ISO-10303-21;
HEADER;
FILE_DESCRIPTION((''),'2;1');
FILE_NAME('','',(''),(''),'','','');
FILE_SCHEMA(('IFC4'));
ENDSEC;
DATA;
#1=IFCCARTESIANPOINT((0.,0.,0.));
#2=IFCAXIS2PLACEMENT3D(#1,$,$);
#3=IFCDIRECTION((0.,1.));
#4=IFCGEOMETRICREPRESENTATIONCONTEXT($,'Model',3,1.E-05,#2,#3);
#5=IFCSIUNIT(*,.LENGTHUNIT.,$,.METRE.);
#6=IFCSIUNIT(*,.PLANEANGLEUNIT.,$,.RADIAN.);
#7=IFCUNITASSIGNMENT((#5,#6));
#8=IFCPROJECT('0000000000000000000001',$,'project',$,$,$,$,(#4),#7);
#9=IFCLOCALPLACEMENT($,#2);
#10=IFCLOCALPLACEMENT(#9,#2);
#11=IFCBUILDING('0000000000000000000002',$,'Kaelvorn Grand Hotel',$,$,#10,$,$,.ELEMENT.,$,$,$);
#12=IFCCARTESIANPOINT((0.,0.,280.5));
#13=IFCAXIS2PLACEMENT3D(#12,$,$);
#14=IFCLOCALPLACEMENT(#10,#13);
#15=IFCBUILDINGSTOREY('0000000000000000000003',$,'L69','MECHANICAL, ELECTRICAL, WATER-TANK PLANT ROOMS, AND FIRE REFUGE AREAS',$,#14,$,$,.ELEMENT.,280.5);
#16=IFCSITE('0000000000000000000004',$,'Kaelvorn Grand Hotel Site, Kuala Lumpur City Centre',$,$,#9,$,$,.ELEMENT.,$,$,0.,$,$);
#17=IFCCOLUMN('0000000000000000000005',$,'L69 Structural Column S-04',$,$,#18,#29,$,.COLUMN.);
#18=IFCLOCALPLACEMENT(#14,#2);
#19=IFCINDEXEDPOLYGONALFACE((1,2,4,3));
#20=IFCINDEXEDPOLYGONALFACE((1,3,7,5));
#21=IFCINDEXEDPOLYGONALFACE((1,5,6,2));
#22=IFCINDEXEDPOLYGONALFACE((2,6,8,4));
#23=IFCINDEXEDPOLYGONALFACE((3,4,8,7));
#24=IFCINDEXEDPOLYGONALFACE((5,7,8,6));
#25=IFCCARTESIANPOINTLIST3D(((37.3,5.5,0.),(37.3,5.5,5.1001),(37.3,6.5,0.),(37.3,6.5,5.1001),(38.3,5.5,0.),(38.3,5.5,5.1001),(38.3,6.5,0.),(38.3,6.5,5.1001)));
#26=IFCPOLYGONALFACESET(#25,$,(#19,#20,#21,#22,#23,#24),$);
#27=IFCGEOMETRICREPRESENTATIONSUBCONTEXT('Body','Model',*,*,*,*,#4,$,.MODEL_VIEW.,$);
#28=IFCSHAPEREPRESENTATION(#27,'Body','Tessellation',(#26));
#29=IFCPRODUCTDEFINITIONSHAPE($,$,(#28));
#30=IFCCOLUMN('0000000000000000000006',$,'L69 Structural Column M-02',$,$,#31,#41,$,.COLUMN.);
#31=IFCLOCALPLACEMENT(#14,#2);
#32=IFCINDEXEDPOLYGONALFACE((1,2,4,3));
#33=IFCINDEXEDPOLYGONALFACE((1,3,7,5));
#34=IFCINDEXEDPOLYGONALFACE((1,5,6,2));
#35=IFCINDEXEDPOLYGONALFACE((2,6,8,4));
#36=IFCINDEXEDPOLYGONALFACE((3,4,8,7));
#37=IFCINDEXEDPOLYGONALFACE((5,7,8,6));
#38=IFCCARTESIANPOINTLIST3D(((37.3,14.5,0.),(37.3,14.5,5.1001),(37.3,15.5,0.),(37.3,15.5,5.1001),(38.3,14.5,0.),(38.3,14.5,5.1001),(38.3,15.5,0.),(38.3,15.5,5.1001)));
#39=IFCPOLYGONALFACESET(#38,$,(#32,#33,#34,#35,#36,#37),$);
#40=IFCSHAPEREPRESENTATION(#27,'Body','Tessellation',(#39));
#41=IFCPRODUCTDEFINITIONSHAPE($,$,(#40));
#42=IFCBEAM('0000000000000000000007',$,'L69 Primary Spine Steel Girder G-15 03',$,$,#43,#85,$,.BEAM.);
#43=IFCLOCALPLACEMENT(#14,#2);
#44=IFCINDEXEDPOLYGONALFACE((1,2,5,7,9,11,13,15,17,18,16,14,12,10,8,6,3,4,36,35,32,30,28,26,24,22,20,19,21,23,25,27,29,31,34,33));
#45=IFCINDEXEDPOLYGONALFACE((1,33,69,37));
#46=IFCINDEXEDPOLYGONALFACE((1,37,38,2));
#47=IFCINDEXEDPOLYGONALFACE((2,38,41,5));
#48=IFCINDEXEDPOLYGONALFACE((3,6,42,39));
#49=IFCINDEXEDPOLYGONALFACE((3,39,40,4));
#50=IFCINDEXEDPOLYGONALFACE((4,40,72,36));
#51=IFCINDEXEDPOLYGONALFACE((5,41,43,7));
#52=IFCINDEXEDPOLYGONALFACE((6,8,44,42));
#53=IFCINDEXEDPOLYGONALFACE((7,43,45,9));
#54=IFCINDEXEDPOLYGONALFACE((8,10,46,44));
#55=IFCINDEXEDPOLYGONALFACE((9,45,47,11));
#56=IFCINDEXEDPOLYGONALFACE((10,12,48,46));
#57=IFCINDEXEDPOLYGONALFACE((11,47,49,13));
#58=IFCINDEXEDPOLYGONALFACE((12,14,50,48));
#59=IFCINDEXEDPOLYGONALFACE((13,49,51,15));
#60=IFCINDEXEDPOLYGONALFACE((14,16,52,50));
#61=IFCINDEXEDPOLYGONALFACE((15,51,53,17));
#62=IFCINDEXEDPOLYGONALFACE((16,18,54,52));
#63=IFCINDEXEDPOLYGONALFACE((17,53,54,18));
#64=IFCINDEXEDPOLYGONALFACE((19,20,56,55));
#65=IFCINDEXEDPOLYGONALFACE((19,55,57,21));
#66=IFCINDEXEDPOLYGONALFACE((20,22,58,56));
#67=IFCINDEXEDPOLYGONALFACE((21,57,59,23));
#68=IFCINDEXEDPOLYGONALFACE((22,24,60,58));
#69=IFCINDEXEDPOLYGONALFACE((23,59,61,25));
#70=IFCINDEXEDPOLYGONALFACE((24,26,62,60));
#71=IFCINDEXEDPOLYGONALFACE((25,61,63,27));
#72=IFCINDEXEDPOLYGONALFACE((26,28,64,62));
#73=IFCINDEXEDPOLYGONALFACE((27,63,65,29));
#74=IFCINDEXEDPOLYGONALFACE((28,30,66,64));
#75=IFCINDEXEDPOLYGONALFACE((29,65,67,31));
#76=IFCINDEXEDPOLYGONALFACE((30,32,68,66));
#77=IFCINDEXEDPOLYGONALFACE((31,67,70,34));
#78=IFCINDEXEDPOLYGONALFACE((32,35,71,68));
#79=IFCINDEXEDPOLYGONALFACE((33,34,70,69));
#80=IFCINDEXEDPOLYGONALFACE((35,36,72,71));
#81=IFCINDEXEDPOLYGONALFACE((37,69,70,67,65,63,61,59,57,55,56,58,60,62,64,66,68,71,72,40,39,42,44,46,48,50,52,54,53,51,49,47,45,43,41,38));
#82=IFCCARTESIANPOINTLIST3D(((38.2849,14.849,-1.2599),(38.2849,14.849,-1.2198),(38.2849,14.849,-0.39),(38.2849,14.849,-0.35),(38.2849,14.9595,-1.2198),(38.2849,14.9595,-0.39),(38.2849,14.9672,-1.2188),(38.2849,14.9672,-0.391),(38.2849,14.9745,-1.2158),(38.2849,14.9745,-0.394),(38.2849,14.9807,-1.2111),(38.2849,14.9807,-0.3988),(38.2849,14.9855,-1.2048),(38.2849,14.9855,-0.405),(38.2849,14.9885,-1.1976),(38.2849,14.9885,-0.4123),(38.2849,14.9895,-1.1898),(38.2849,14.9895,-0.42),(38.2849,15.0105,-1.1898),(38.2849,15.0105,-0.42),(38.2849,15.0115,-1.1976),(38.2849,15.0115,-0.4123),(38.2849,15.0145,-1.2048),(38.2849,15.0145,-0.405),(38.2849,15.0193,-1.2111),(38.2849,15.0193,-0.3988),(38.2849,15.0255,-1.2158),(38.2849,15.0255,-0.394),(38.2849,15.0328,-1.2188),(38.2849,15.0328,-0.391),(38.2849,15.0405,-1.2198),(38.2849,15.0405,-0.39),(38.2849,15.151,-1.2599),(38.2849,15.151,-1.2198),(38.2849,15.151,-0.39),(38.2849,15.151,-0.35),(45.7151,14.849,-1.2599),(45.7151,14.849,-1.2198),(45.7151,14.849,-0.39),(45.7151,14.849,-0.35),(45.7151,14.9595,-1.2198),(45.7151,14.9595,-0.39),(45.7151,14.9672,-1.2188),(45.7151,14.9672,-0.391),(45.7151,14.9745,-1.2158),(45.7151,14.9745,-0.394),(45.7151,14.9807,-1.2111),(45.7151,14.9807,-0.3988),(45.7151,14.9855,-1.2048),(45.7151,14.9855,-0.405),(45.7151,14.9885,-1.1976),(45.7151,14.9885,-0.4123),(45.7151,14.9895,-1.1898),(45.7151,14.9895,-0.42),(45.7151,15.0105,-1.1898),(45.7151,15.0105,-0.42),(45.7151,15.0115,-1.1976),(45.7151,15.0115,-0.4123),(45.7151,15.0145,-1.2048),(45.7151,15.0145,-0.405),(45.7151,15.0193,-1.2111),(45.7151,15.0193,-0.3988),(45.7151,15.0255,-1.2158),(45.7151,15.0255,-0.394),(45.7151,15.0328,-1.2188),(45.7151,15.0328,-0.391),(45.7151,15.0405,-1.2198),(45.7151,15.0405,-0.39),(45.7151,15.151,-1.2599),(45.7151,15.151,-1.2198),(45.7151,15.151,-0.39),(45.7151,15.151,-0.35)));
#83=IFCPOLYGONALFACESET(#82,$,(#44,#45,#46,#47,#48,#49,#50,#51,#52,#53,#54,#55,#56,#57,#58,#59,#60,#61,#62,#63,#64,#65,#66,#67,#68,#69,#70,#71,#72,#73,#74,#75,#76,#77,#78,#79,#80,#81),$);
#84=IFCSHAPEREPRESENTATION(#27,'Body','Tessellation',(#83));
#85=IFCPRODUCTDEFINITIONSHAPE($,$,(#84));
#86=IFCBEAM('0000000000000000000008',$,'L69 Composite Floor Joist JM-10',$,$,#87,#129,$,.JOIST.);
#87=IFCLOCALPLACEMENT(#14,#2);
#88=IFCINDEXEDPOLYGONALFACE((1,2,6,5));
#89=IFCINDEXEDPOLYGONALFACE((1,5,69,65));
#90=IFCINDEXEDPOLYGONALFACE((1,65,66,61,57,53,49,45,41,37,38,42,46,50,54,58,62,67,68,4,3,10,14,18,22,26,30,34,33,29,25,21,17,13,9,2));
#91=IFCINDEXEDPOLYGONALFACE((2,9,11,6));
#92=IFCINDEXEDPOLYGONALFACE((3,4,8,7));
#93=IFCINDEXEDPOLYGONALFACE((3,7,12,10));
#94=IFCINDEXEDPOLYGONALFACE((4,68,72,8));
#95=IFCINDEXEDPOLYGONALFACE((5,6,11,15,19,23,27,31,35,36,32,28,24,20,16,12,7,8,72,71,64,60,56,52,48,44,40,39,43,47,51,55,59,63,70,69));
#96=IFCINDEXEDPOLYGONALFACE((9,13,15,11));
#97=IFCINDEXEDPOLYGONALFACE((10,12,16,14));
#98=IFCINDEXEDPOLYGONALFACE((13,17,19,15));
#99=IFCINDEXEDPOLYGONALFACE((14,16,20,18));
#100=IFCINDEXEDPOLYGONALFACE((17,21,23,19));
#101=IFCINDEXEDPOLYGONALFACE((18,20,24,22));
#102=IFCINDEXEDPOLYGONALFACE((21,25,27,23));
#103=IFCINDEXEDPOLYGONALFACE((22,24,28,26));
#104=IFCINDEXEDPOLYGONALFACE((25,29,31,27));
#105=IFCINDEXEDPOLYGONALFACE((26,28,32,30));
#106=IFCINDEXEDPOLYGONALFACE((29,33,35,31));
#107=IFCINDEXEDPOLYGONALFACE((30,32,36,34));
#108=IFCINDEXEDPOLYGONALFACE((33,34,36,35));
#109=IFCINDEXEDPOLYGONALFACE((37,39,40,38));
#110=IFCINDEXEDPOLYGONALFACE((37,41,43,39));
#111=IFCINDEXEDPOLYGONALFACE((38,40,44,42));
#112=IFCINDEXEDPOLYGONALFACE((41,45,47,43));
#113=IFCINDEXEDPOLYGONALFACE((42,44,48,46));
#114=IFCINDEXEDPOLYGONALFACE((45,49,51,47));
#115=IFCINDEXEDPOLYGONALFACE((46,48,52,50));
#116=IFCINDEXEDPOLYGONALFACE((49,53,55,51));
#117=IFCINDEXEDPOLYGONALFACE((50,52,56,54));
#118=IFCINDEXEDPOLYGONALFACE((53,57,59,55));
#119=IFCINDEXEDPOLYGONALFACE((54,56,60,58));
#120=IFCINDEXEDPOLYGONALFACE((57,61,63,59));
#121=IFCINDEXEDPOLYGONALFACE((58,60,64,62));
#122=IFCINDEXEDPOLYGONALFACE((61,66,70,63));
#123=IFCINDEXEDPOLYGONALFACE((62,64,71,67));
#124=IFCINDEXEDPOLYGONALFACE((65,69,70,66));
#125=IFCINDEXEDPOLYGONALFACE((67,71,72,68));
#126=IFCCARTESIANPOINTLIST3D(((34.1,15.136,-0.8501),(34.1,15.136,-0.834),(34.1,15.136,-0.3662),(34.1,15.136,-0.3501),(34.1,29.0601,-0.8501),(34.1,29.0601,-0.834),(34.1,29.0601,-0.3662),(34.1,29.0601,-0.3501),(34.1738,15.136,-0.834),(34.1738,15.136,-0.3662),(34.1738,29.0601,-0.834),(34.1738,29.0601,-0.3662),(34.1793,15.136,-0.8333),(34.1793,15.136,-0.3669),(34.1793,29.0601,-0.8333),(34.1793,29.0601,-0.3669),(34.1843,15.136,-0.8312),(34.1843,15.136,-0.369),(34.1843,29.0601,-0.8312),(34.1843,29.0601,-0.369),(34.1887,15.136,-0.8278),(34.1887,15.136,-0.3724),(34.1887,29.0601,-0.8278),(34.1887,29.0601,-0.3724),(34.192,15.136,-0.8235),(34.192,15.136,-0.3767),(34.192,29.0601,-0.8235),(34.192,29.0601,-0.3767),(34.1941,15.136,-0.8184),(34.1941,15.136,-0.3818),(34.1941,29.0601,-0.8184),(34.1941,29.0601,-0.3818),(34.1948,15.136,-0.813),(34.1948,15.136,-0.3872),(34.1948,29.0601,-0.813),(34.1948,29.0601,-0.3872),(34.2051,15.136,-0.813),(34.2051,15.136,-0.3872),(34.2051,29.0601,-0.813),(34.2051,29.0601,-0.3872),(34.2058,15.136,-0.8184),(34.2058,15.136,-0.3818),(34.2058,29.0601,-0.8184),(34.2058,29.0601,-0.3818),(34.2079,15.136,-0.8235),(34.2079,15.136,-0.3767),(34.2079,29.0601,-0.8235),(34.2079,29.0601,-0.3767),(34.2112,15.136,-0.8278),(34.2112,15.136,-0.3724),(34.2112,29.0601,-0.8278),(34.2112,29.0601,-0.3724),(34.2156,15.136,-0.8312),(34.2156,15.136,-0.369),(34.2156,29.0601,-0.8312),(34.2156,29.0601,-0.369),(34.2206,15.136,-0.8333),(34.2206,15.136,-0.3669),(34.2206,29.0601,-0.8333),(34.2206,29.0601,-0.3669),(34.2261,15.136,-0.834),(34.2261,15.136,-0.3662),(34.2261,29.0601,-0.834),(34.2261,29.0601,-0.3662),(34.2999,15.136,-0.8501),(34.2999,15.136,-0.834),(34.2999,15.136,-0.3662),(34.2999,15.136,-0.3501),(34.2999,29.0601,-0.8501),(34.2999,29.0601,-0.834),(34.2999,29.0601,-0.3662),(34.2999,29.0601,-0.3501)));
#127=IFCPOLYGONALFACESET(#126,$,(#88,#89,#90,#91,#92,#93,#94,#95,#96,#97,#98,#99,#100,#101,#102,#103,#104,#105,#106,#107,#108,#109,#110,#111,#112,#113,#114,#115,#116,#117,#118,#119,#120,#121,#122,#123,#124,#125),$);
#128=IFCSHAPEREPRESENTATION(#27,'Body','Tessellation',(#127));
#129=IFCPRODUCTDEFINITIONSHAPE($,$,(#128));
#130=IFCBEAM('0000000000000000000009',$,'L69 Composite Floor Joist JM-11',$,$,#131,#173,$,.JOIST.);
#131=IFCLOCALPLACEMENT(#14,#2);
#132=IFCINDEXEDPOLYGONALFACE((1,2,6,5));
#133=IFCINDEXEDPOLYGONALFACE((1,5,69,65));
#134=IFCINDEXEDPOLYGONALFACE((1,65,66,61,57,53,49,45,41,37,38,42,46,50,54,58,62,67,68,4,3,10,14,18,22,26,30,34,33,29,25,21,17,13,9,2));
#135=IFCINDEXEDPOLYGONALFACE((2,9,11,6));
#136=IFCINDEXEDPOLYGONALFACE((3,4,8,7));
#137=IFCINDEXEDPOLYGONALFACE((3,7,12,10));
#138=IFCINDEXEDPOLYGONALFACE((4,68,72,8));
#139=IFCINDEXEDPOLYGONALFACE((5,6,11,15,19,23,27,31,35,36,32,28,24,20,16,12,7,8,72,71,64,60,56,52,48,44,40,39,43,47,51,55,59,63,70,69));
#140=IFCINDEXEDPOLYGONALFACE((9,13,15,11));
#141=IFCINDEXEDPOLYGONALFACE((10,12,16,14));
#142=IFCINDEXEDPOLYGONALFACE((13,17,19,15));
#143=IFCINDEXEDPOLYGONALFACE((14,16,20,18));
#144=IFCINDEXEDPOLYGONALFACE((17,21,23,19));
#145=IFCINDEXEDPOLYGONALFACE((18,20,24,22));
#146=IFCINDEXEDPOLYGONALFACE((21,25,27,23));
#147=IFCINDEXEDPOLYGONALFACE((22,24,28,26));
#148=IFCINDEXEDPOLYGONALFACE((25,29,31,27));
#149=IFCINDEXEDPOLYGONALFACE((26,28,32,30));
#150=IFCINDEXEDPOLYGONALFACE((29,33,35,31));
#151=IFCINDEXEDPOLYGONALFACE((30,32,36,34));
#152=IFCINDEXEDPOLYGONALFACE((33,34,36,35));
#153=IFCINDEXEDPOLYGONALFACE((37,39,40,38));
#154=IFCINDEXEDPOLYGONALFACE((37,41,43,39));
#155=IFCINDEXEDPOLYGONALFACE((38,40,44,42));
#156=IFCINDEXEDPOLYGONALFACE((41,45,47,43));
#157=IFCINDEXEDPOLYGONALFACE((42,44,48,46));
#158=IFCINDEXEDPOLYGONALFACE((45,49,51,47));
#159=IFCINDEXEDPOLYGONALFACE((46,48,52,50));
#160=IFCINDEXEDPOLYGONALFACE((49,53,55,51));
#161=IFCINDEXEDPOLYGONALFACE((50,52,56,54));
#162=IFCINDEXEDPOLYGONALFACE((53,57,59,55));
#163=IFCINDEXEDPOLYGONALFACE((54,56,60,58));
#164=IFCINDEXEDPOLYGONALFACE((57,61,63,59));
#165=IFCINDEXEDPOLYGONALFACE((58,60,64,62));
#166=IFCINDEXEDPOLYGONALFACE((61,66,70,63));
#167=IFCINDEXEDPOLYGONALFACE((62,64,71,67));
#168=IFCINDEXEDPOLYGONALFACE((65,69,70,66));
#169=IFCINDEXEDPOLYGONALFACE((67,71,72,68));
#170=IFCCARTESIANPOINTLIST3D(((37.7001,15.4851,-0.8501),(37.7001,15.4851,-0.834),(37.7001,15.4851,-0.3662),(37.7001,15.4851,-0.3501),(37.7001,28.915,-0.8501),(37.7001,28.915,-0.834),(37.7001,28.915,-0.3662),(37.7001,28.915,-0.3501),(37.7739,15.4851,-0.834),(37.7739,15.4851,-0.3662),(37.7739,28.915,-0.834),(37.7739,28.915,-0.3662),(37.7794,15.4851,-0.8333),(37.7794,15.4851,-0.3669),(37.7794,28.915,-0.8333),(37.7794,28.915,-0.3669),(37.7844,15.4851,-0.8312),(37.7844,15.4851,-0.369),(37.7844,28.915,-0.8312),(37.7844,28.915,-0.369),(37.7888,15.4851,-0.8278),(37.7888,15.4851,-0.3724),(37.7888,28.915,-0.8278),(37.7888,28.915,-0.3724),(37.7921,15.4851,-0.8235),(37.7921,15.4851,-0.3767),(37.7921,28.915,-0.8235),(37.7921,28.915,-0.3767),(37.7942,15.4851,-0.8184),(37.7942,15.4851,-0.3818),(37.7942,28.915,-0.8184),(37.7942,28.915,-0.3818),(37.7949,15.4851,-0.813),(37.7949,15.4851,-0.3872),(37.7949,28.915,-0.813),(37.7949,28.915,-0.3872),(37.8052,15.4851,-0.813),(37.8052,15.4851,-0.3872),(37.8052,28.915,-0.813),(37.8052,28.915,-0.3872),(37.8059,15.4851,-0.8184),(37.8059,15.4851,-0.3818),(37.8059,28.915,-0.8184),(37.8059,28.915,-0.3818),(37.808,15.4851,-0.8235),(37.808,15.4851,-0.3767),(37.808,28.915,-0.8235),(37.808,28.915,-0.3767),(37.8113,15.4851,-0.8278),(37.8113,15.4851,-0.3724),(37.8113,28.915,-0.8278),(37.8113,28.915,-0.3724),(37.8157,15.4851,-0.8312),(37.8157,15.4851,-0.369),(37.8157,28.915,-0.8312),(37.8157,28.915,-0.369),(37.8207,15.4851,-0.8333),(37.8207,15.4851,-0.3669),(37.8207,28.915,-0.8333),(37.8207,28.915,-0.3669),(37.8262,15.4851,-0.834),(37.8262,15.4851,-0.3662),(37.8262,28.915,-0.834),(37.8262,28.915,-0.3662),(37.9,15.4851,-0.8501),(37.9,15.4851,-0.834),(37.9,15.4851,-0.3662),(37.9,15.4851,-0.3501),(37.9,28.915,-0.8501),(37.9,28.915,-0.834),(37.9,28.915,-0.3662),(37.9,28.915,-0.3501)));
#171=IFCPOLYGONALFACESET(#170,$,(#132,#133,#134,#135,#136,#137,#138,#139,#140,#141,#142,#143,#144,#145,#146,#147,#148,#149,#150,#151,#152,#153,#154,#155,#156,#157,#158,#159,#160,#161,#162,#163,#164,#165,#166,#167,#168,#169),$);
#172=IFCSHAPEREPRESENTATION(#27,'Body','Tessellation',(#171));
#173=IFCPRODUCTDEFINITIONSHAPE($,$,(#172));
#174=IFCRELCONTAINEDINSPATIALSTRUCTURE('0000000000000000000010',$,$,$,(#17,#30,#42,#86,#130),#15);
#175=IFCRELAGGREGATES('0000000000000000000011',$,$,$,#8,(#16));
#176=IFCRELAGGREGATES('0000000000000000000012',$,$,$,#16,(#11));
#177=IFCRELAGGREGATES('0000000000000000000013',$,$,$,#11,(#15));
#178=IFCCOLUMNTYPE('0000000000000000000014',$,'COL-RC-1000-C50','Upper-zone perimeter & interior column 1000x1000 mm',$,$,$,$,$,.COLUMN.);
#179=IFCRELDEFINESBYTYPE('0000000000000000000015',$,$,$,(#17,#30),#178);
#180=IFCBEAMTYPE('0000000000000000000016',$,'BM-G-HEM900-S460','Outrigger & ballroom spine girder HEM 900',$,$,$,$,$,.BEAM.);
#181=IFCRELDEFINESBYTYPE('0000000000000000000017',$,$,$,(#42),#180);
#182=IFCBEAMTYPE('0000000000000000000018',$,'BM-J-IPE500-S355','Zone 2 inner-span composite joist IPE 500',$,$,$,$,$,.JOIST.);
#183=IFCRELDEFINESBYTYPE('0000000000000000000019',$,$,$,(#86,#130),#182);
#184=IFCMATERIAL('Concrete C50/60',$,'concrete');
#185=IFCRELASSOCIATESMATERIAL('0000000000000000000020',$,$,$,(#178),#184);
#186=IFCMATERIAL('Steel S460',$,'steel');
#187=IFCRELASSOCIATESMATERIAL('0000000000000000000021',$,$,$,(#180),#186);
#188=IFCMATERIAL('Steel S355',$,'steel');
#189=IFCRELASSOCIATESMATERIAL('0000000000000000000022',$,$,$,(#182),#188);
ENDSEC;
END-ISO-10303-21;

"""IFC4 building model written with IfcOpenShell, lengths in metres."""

from ifc_helpers import new_model, si_unit, direction, frame, origin, origin_2d, place, context, subcontext, project, spatial, rectangle, i_section, extrude, material, material_profile, profile_set, type_object, element, save


model = new_model("IFC4")

# Units and contexts
model_context = context("Model", 3, precision=1e-05, world=origin(), true_north=direction((0.0, 1.0)))
body_context = subcontext(model_context, "Body", "Model", "MODEL_VIEW")
ifc_project = project(units=[si_unit("LENGTHUNIT", "METRE"), si_unit("PLANEANGLEUNIT", "RADIAN")], contexts=[model_context])

# Site, building, storey
site_placement = place(None, origin())
site = spatial("IfcSite", under=ifc_project, at=site_placement, Name="Kaelvorn Grand Hotel Site, Kuala Lumpur City Centre", CompositionType="ELEMENT", RefElevation=0.0)
building_placement = place(site_placement, origin())
building = spatial("IfcBuilding", under=site, at=building_placement, Name="Kaelvorn Grand Hotel", CompositionType="ELEMENT")
storey_placement = place(building_placement, frame((0.0, 0.0, 280.5)))
storey = spatial("IfcBuildingStorey", under=building, at=storey_placement, Name="L69", Description="MECHANICAL, ELECTRICAL, WATER-TANK PLANT ROOMS, AND FIRE REFUGE AREAS", CompositionType="ELEMENT", Elevation=280.5)

# Columns
ifc_material_1 = material(Name="Concrete C50/60", Category="concrete")
ifc_material_profile_1 = material_profile(ifc_material_1, rectangle(XDim=1.0, YDim=1.0, at=origin_2d()), Name="RC COL 1000x1000")
ifc_profile_set_1 = profile_set([ifc_material_profile_1], Name="Concrete C50/60")
column_type = type_object("IfcColumnType", Name="COL-RC-1000-C50", Description="Upper-zone perimeter & interior column 1000x1000 mm", PredefinedType="COLUMN", material=ifc_profile_set_1)
for number, where, z_axis, x_axis, name in (
    (1, (37.8, 6.0, 0.0), (0.0, 0.0, 1.0), (1.0, 0.0, 0.0), "L69 Structural Column S-04"),
    (2, (37.8, 15.0, 0.0), (0.0, 0.0, 1.0), (1.0, 0.0, 0.0), "L69 Structural Column M-02"),
):
    element("IfcColumn", number, at=place(storey_placement, frame(where, z_axis=z_axis, x_axis=x_axis)), inside=storey, type_object=column_type, Name=name, PredefinedType="COLUMN", context=body_context, shape_type="SweptSolid", body=[
        extrude(rectangle(XDim=1.0, YDim=1.0, at=origin_2d()), origin(), (0.0, 0.0, 1.0), 5.1001),
    ])

# Beams
ifc_material_2 = material(Name="Steel S460", Category="steel")
ifc_material_profile_2 = material_profile(ifc_material_2, i_section(OverallWidth=0.302, OverallDepth=0.9099, WebThickness=0.021, FlangeThickness=0.04, FilletRadius=0.03, at=origin_2d()), Name="HEM 900")
ifc_profile_set_2 = profile_set([ifc_material_profile_2], Name="Steel S460")
beam_type_1 = type_object("IfcBeamType", Name="BM-G-HEM900-S460", Description="Outrigger & ballroom spine girder HEM 900", PredefinedType="BEAM", material=ifc_profile_set_2)
beam_1_placement = place(storey_placement, frame((38.2849, 15.0, -0.8049), z_axis=(1.0, 0.0, 0.0), x_axis=(0.0, 1.0, 0.0)))
element("IfcBeam", 3, at=beam_1_placement, inside=storey, type_object=beam_type_1, Name="L69 Primary Spine Steel Girder G-15 03", PredefinedType="BEAM", context=body_context, shape_type="SweptSolid", body=[
    extrude(i_section(OverallWidth=0.302, OverallDepth=0.9099, WebThickness=0.021, FlangeThickness=0.04, FilletRadius=0.03, at=origin_2d()), origin(), (0.0, 0.0, 1.0), 7.4302),
])
ifc_material_3 = material(Name="Steel S355", Category="steel")
ifc_material_profile_3 = material_profile(ifc_material_3, i_section(OverallWidth=0.2, OverallDepth=0.5, WebThickness=0.0103, FlangeThickness=0.0161, FilletRadius=0.021, at=origin_2d()), Name="IPE 500")
ifc_profile_set_3 = profile_set([ifc_material_profile_3], Name="Steel S355")
beam_type_2 = type_object("IfcBeamType", Name="BM-J-IPE500-S355", Description="Zone 2 inner-span composite joist IPE 500", PredefinedType="JOIST", material=ifc_profile_set_3)
beam_2_placement = place(storey_placement, frame((34.2, 15.136, -0.6001), z_axis=(0.0, 1.0, 0.0), x_axis=(-1.0, 0.0, 0.0)))
element("IfcBeam", 4, at=beam_2_placement, inside=storey, type_object=beam_type_2, Name="L69 Composite Floor Joist JM-10", PredefinedType="JOIST", context=body_context, shape_type="SweptSolid", body=[
    extrude(i_section(OverallWidth=0.2, OverallDepth=0.5, WebThickness=0.0103, FlangeThickness=0.0161, FilletRadius=0.021, at=origin_2d()), origin(), (0.0, 0.0, 1.0), 13.9241),
])
beam_3_placement = place(storey_placement, frame((37.8, 15.4851, -0.6001), z_axis=(0.0, 1.0, 0.0), x_axis=(-1.0, 0.0, 0.0)))
element("IfcBeam", 5, at=beam_3_placement, inside=storey, type_object=beam_type_2, Name="L69 Composite Floor Joist JM-11", PredefinedType="JOIST", context=body_context, shape_type="SweptSolid", body=[
    extrude(i_section(OverallWidth=0.2, OverallDepth=0.5, WebThickness=0.0103, FlangeThickness=0.0161, FilletRadius=0.021, at=origin_2d()), origin(), (0.0, 0.0, 1.0), 13.4299),
])

save(model, "model.ifc")
